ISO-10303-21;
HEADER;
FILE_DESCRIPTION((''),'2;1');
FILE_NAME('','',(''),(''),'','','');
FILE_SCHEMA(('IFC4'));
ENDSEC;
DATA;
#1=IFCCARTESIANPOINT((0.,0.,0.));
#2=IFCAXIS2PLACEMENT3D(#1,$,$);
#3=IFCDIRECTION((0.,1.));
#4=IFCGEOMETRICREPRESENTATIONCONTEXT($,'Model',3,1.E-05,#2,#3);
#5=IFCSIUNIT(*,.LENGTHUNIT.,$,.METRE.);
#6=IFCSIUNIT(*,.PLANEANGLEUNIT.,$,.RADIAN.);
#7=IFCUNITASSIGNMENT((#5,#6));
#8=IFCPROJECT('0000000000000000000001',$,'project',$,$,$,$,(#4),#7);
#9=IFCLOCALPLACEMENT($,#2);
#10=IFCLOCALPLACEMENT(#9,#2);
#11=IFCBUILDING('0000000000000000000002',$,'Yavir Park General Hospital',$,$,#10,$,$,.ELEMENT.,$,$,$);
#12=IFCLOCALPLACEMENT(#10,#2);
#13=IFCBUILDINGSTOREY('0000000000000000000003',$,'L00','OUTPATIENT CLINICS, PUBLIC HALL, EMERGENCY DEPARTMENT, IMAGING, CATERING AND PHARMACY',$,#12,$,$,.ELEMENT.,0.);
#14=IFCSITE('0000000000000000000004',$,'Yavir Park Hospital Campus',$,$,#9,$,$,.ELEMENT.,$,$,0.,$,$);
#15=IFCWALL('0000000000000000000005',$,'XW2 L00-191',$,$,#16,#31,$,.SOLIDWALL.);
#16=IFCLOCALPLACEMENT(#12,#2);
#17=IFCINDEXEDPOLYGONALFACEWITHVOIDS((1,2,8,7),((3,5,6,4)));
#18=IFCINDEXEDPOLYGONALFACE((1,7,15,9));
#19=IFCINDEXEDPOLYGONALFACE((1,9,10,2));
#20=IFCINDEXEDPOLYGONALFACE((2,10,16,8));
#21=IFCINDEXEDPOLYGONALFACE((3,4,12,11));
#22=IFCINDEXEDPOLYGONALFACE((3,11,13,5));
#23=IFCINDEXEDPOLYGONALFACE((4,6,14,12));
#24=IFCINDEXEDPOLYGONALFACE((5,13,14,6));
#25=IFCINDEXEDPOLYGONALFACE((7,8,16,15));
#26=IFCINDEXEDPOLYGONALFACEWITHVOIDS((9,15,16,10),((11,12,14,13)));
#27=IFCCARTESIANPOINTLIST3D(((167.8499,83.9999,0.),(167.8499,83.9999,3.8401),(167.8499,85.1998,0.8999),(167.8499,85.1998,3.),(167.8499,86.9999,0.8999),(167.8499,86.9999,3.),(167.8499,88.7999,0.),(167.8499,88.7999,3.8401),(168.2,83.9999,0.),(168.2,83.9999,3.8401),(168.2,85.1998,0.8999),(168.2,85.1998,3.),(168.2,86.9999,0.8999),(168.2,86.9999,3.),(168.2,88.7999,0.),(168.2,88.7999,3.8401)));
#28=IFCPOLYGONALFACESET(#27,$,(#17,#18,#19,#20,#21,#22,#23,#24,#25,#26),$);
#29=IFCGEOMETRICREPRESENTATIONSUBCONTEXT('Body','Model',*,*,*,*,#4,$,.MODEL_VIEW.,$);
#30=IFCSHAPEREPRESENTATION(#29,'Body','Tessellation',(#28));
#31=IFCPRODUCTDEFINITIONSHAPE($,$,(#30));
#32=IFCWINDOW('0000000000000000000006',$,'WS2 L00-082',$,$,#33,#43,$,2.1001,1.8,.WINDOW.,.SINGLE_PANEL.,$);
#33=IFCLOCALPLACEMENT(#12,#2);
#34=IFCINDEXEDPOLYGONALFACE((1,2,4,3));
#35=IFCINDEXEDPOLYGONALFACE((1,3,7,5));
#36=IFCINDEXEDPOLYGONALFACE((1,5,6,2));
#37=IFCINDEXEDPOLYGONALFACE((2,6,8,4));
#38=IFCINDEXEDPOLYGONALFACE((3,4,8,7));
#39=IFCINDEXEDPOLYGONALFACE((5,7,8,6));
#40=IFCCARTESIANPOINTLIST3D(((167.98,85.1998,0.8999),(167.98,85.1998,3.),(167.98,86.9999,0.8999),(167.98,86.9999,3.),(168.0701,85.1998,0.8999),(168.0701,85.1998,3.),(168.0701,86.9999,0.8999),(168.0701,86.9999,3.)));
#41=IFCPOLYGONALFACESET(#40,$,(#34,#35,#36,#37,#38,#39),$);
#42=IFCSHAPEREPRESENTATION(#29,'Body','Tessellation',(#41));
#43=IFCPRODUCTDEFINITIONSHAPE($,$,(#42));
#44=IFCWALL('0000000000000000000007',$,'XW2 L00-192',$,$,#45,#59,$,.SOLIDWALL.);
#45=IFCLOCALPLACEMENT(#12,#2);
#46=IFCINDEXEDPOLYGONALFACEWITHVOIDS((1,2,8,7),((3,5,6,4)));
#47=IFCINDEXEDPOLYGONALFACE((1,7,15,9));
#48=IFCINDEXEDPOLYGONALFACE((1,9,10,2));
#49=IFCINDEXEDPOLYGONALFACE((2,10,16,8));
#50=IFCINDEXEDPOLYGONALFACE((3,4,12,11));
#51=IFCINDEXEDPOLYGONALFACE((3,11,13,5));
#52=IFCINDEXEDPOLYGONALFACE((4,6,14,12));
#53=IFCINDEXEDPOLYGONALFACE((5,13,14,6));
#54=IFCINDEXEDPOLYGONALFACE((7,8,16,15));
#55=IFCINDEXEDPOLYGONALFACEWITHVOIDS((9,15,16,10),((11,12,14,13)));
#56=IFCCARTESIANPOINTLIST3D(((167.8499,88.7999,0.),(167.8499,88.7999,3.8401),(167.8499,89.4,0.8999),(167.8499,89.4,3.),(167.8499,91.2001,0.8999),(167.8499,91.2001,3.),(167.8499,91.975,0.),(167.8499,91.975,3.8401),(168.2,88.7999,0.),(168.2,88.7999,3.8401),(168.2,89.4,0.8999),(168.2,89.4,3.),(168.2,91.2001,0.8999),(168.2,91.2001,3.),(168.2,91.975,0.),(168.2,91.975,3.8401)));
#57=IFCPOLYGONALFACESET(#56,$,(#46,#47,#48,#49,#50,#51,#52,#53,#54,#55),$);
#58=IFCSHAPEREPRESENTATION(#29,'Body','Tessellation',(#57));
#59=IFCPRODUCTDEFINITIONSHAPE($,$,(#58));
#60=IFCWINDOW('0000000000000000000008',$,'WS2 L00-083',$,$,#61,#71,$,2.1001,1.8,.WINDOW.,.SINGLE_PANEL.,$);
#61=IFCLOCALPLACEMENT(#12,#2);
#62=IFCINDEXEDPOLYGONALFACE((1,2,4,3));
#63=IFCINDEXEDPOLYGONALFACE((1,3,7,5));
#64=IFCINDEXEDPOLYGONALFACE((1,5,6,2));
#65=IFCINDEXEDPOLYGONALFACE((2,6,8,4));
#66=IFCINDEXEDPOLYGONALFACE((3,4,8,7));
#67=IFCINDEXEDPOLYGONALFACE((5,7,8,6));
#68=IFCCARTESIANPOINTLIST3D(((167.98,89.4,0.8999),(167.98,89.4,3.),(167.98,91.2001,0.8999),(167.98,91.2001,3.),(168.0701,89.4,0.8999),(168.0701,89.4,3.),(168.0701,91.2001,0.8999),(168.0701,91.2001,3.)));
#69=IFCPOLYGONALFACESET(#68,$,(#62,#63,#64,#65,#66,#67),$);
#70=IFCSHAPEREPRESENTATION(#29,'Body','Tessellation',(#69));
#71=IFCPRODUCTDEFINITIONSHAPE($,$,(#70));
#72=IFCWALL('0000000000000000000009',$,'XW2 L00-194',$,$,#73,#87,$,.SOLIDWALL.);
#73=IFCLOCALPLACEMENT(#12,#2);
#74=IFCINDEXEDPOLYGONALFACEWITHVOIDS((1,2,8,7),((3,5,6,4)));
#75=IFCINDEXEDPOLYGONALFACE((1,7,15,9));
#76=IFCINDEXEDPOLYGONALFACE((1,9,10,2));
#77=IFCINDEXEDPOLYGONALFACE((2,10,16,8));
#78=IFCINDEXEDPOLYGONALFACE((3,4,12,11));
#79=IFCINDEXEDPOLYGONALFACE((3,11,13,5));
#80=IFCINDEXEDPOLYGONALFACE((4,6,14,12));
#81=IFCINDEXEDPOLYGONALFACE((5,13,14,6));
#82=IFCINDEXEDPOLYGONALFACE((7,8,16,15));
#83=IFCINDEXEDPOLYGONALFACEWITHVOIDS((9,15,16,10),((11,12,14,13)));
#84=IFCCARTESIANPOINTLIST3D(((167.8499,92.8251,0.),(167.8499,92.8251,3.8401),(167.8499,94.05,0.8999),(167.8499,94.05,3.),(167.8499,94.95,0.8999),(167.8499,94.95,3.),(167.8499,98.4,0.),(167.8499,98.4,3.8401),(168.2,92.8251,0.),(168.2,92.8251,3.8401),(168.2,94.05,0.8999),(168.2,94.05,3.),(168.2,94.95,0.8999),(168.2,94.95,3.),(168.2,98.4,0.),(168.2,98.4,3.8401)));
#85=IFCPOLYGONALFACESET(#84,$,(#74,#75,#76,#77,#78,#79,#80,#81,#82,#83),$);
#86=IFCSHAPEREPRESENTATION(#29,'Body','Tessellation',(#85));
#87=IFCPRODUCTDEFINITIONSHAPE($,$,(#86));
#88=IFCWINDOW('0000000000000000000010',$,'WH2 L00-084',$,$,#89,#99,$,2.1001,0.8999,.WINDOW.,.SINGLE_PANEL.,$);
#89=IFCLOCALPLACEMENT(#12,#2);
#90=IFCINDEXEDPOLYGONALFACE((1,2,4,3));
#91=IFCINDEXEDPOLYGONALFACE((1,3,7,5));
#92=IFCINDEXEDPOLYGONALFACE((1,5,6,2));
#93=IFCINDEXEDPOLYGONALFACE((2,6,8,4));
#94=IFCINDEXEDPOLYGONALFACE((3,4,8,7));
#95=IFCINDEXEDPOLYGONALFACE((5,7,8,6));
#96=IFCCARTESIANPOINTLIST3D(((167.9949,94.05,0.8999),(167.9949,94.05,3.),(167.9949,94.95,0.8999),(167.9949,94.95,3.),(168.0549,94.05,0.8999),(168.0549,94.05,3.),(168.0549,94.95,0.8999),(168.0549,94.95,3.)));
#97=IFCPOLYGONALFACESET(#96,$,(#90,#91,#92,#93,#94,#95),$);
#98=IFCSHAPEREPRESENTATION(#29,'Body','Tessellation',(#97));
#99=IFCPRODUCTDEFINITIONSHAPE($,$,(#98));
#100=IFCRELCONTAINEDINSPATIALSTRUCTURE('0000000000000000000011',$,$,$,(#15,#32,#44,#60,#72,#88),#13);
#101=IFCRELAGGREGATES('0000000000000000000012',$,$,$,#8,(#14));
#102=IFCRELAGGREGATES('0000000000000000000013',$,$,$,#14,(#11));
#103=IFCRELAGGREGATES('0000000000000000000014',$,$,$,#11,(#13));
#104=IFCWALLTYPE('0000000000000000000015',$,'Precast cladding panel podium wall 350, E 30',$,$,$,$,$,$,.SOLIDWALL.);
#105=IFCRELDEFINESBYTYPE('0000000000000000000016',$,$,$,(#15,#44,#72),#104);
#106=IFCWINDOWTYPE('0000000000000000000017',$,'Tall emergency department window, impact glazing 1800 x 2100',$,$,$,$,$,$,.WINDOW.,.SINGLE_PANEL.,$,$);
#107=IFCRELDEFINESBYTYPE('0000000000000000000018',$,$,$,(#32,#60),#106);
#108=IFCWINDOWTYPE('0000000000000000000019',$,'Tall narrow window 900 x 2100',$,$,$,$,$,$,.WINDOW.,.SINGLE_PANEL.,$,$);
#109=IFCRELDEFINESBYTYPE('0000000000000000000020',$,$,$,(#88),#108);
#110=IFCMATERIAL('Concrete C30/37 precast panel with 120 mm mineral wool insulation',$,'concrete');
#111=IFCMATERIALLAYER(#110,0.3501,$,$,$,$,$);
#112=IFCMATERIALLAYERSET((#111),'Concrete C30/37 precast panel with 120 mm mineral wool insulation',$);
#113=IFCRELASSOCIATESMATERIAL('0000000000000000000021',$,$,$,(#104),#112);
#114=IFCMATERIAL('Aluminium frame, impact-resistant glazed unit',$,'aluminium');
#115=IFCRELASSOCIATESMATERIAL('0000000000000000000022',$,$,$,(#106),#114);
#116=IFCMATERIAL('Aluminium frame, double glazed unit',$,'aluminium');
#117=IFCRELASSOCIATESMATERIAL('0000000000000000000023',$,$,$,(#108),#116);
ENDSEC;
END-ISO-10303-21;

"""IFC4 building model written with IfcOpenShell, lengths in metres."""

from ifc_helpers import new_model, si_unit, direction, frame, frame_2d, origin, place, context, subcontext, project, spatial, rectangle, extrude, material, layer, layer_set, type_object, element, fill, save


model = new_model("IFC4")

# Units and contexts
model_context = context("Model", 3, precision=1e-05, world=origin(), true_north=direction((0.0, 1.0)))
body_context = subcontext(model_context, "Body", "Model", "MODEL_VIEW")
ifc_project = project(units=[si_unit("LENGTHUNIT", "METRE"), si_unit("PLANEANGLEUNIT", "RADIAN")], contexts=[model_context])

# Site, building, storey
site_placement = place(None, origin())
site = spatial("IfcSite", under=ifc_project, at=site_placement, Name="Yavir Park Hospital Campus", CompositionType="ELEMENT", RefElevation=0.0)
building_placement = place(site_placement, origin())
building = spatial("IfcBuilding", under=site, at=building_placement, Name="Yavir Park General Hospital", CompositionType="ELEMENT")
storey_placement = place(building_placement, origin())
storey = spatial("IfcBuildingStorey", under=building, at=storey_placement, Name="L00", Description="OUTPATIENT CLINICS, PUBLIC HALL, EMERGENCY DEPARTMENT, IMAGING, CATERING AND PHARMACY", CompositionType="ELEMENT", Elevation=0.0)

# Walls, openings, windows
ifc_material_1 = material(Name="Concrete C30/37 precast panel with 120 mm mineral wool insulation", Category="concrete")
ifc_layer = layer(ifc_material_1, 0.3501)
ifc_layer_set = layer_set([ifc_layer], Name="Concrete C30/37 precast panel with 120 mm mineral wool insulation")
wall_type = type_object("IfcWallType", Name="Precast cladding panel podium wall 350, E 30", PredefinedType="SOLIDWALL", material=ifc_layer_set)
wall_1_placement = place(storey_placement, frame((168.0249, 84.0, 0.0), z_axis=(0.0, 0.0, 1.0), x_axis=(0.0, 1.0, 0.0)))
wall_1 = element("IfcWall", 1, at=wall_1_placement, inside=storey, type_object=wall_type, Name="XW2 L00-191", PredefinedType="SOLIDWALL", context=body_context, shape_type="SweptSolid", body=[
    extrude(rectangle(XDim=4.8, YDim=0.3501, at=frame_2d((2.3999, 0.0))), origin(), (0.0, 0.0, 1.0), 3.8401),
])
opening_1_placement = place(wall_1_placement, frame((1.2, 0.0, 0.8999)))
opening_1 = element("IfcOpeningElement", 2, at=opening_1_placement, cuts=wall_1, PredefinedType="OPENING", context=body_context, shape_type="SweptSolid", body=[
    extrude(rectangle(XDim=1.8, YDim=2.1001, at=frame_2d((0.8999, 1.05))), frame((0.0, 0.1851, 0.0), z_axis=(0.0, -1.0, 0.0), x_axis=(1.0, 0.0, 0.0)), (0.0, 0.0, 1.0), 0.3701),
])
ifc_material_2 = material(Name="Aluminium frame, impact-resistant glazed unit", Category="aluminium")
window_type_1 = type_object("IfcWindowType", Name="Tall emergency department window, impact glazing 1800 x 2100", PartitioningType="SINGLE_PANEL", PredefinedType="WINDOW", material=ifc_material_2)
window_1_placement = place(opening_1_placement, origin())
window_1 = element("IfcWindow", 3, at=window_1_placement, inside=storey, type_object=window_type_1, Name="WS2 L00-082", OverallHeight=2.1001, OverallWidth=1.8, PartitioningType="SINGLE_PANEL", PredefinedType="WINDOW", context=body_context, shape_type="SweptSolid", body=[
    extrude(rectangle(XDim=1.8, YDim=2.1001, at=frame_2d((0.8999, 1.05))), frame((0.0, 0.0449, 0.0), z_axis=(0.0, -1.0, 0.0), x_axis=(1.0, 0.0, 0.0)), (0.0, 0.0, 1.0), 0.0901),
])
fill(opening_1, window_1)
wall_2_placement = place(storey_placement, frame((168.0249, 88.8, 0.0), z_axis=(0.0, 0.0, 1.0), x_axis=(0.0, 1.0, 0.0)))
wall_2 = element("IfcWall", 4, at=wall_2_placement, inside=storey, type_object=wall_type, Name="XW2 L00-192", PredefinedType="SOLIDWALL", context=body_context, shape_type="SweptSolid", body=[
    extrude(rectangle(XDim=3.175, YDim=0.3501, at=frame_2d((1.5874, 0.0))), origin(), (0.0, 0.0, 1.0), 3.8401),
])
opening_2_placement = place(wall_2_placement, frame((0.6001, 0.0, 0.8999)))
opening_2 = element("IfcOpeningElement", 5, at=opening_2_placement, cuts=wall_2, PredefinedType="OPENING", context=body_context, shape_type="SweptSolid", body=[
    extrude(rectangle(XDim=1.8, YDim=2.1001, at=frame_2d((0.8999, 1.05))), frame((0.0, 0.1851, 0.0), z_axis=(0.0, -1.0, 0.0), x_axis=(1.0, 0.0, 0.0)), (0.0, 0.0, 1.0), 0.3701),
])
window_2_placement = place(opening_2_placement, origin())
window_2 = element("IfcWindow", 6, at=window_2_placement, inside=storey, type_object=window_type_1, Name="WS2 L00-083", OverallHeight=2.1001, OverallWidth=1.8, PartitioningType="SINGLE_PANEL", PredefinedType="WINDOW", context=body_context, shape_type="SweptSolid", body=[
    extrude(rectangle(XDim=1.8, YDim=2.1001, at=frame_2d((0.8999, 1.05))), frame((0.0, 0.0449, 0.0), z_axis=(0.0, -1.0, 0.0), x_axis=(1.0, 0.0, 0.0)), (0.0, 0.0, 1.0), 0.0901),
])
fill(opening_2, window_2)
wall_3_placement = place(storey_placement, frame((168.0249, 92.825, 0.0), z_axis=(0.0, 0.0, 1.0), x_axis=(0.0, 1.0, 0.0)))
wall_3 = element("IfcWall", 7, at=wall_3_placement, inside=storey, type_object=wall_type, Name="XW2 L00-194", PredefinedType="SOLIDWALL", context=body_context, shape_type="SweptSolid", body=[
    extrude(rectangle(XDim=5.575, YDim=0.3501, at=frame_2d((2.7876, 0.0))), origin(), (0.0, 0.0, 1.0), 3.8401),
])
opening_3_placement = place(wall_3_placement, frame((1.2251, 0.0, 0.8999)))
opening_3 = element("IfcOpeningElement", 8, at=opening_3_placement, cuts=wall_3, PredefinedType="OPENING", context=body_context, shape_type="SweptSolid", body=[
    extrude(rectangle(XDim=0.8999, YDim=2.1001, at=frame_2d((0.45, 1.05))), frame((0.0, 0.1851, 0.0), z_axis=(0.0, -1.0, 0.0), x_axis=(1.0, 0.0, 0.0)), (0.0, 0.0, 1.0), 0.3701),
])
ifc_material_3 = material(Name="Aluminium frame, double glazed unit", Category="aluminium")
window_type_2 = type_object("IfcWindowType", Name="Tall narrow window 900 x 2100", PartitioningType="SINGLE_PANEL", PredefinedType="WINDOW", material=ifc_material_3)
window_3_placement = place(opening_3_placement, origin())
window_3 = element("IfcWindow", 9, at=window_3_placement, inside=storey, type_object=window_type_2, Name="WH2 L00-084", OverallHeight=2.1001, OverallWidth=0.8999, PartitioningType="SINGLE_PANEL", PredefinedType="WINDOW", context=body_context, shape_type="SweptSolid", body=[
    extrude(rectangle(XDim=0.8999, YDim=2.1001, at=frame_2d((0.45, 1.05))), frame((0.0, 0.03, 0.0), z_axis=(0.0, -1.0, 0.0), x_axis=(1.0, 0.0, 0.0)), (0.0, 0.0, 1.0), 0.0601),
])
fill(opening_3, window_3)

save(model, "model.ifc")
